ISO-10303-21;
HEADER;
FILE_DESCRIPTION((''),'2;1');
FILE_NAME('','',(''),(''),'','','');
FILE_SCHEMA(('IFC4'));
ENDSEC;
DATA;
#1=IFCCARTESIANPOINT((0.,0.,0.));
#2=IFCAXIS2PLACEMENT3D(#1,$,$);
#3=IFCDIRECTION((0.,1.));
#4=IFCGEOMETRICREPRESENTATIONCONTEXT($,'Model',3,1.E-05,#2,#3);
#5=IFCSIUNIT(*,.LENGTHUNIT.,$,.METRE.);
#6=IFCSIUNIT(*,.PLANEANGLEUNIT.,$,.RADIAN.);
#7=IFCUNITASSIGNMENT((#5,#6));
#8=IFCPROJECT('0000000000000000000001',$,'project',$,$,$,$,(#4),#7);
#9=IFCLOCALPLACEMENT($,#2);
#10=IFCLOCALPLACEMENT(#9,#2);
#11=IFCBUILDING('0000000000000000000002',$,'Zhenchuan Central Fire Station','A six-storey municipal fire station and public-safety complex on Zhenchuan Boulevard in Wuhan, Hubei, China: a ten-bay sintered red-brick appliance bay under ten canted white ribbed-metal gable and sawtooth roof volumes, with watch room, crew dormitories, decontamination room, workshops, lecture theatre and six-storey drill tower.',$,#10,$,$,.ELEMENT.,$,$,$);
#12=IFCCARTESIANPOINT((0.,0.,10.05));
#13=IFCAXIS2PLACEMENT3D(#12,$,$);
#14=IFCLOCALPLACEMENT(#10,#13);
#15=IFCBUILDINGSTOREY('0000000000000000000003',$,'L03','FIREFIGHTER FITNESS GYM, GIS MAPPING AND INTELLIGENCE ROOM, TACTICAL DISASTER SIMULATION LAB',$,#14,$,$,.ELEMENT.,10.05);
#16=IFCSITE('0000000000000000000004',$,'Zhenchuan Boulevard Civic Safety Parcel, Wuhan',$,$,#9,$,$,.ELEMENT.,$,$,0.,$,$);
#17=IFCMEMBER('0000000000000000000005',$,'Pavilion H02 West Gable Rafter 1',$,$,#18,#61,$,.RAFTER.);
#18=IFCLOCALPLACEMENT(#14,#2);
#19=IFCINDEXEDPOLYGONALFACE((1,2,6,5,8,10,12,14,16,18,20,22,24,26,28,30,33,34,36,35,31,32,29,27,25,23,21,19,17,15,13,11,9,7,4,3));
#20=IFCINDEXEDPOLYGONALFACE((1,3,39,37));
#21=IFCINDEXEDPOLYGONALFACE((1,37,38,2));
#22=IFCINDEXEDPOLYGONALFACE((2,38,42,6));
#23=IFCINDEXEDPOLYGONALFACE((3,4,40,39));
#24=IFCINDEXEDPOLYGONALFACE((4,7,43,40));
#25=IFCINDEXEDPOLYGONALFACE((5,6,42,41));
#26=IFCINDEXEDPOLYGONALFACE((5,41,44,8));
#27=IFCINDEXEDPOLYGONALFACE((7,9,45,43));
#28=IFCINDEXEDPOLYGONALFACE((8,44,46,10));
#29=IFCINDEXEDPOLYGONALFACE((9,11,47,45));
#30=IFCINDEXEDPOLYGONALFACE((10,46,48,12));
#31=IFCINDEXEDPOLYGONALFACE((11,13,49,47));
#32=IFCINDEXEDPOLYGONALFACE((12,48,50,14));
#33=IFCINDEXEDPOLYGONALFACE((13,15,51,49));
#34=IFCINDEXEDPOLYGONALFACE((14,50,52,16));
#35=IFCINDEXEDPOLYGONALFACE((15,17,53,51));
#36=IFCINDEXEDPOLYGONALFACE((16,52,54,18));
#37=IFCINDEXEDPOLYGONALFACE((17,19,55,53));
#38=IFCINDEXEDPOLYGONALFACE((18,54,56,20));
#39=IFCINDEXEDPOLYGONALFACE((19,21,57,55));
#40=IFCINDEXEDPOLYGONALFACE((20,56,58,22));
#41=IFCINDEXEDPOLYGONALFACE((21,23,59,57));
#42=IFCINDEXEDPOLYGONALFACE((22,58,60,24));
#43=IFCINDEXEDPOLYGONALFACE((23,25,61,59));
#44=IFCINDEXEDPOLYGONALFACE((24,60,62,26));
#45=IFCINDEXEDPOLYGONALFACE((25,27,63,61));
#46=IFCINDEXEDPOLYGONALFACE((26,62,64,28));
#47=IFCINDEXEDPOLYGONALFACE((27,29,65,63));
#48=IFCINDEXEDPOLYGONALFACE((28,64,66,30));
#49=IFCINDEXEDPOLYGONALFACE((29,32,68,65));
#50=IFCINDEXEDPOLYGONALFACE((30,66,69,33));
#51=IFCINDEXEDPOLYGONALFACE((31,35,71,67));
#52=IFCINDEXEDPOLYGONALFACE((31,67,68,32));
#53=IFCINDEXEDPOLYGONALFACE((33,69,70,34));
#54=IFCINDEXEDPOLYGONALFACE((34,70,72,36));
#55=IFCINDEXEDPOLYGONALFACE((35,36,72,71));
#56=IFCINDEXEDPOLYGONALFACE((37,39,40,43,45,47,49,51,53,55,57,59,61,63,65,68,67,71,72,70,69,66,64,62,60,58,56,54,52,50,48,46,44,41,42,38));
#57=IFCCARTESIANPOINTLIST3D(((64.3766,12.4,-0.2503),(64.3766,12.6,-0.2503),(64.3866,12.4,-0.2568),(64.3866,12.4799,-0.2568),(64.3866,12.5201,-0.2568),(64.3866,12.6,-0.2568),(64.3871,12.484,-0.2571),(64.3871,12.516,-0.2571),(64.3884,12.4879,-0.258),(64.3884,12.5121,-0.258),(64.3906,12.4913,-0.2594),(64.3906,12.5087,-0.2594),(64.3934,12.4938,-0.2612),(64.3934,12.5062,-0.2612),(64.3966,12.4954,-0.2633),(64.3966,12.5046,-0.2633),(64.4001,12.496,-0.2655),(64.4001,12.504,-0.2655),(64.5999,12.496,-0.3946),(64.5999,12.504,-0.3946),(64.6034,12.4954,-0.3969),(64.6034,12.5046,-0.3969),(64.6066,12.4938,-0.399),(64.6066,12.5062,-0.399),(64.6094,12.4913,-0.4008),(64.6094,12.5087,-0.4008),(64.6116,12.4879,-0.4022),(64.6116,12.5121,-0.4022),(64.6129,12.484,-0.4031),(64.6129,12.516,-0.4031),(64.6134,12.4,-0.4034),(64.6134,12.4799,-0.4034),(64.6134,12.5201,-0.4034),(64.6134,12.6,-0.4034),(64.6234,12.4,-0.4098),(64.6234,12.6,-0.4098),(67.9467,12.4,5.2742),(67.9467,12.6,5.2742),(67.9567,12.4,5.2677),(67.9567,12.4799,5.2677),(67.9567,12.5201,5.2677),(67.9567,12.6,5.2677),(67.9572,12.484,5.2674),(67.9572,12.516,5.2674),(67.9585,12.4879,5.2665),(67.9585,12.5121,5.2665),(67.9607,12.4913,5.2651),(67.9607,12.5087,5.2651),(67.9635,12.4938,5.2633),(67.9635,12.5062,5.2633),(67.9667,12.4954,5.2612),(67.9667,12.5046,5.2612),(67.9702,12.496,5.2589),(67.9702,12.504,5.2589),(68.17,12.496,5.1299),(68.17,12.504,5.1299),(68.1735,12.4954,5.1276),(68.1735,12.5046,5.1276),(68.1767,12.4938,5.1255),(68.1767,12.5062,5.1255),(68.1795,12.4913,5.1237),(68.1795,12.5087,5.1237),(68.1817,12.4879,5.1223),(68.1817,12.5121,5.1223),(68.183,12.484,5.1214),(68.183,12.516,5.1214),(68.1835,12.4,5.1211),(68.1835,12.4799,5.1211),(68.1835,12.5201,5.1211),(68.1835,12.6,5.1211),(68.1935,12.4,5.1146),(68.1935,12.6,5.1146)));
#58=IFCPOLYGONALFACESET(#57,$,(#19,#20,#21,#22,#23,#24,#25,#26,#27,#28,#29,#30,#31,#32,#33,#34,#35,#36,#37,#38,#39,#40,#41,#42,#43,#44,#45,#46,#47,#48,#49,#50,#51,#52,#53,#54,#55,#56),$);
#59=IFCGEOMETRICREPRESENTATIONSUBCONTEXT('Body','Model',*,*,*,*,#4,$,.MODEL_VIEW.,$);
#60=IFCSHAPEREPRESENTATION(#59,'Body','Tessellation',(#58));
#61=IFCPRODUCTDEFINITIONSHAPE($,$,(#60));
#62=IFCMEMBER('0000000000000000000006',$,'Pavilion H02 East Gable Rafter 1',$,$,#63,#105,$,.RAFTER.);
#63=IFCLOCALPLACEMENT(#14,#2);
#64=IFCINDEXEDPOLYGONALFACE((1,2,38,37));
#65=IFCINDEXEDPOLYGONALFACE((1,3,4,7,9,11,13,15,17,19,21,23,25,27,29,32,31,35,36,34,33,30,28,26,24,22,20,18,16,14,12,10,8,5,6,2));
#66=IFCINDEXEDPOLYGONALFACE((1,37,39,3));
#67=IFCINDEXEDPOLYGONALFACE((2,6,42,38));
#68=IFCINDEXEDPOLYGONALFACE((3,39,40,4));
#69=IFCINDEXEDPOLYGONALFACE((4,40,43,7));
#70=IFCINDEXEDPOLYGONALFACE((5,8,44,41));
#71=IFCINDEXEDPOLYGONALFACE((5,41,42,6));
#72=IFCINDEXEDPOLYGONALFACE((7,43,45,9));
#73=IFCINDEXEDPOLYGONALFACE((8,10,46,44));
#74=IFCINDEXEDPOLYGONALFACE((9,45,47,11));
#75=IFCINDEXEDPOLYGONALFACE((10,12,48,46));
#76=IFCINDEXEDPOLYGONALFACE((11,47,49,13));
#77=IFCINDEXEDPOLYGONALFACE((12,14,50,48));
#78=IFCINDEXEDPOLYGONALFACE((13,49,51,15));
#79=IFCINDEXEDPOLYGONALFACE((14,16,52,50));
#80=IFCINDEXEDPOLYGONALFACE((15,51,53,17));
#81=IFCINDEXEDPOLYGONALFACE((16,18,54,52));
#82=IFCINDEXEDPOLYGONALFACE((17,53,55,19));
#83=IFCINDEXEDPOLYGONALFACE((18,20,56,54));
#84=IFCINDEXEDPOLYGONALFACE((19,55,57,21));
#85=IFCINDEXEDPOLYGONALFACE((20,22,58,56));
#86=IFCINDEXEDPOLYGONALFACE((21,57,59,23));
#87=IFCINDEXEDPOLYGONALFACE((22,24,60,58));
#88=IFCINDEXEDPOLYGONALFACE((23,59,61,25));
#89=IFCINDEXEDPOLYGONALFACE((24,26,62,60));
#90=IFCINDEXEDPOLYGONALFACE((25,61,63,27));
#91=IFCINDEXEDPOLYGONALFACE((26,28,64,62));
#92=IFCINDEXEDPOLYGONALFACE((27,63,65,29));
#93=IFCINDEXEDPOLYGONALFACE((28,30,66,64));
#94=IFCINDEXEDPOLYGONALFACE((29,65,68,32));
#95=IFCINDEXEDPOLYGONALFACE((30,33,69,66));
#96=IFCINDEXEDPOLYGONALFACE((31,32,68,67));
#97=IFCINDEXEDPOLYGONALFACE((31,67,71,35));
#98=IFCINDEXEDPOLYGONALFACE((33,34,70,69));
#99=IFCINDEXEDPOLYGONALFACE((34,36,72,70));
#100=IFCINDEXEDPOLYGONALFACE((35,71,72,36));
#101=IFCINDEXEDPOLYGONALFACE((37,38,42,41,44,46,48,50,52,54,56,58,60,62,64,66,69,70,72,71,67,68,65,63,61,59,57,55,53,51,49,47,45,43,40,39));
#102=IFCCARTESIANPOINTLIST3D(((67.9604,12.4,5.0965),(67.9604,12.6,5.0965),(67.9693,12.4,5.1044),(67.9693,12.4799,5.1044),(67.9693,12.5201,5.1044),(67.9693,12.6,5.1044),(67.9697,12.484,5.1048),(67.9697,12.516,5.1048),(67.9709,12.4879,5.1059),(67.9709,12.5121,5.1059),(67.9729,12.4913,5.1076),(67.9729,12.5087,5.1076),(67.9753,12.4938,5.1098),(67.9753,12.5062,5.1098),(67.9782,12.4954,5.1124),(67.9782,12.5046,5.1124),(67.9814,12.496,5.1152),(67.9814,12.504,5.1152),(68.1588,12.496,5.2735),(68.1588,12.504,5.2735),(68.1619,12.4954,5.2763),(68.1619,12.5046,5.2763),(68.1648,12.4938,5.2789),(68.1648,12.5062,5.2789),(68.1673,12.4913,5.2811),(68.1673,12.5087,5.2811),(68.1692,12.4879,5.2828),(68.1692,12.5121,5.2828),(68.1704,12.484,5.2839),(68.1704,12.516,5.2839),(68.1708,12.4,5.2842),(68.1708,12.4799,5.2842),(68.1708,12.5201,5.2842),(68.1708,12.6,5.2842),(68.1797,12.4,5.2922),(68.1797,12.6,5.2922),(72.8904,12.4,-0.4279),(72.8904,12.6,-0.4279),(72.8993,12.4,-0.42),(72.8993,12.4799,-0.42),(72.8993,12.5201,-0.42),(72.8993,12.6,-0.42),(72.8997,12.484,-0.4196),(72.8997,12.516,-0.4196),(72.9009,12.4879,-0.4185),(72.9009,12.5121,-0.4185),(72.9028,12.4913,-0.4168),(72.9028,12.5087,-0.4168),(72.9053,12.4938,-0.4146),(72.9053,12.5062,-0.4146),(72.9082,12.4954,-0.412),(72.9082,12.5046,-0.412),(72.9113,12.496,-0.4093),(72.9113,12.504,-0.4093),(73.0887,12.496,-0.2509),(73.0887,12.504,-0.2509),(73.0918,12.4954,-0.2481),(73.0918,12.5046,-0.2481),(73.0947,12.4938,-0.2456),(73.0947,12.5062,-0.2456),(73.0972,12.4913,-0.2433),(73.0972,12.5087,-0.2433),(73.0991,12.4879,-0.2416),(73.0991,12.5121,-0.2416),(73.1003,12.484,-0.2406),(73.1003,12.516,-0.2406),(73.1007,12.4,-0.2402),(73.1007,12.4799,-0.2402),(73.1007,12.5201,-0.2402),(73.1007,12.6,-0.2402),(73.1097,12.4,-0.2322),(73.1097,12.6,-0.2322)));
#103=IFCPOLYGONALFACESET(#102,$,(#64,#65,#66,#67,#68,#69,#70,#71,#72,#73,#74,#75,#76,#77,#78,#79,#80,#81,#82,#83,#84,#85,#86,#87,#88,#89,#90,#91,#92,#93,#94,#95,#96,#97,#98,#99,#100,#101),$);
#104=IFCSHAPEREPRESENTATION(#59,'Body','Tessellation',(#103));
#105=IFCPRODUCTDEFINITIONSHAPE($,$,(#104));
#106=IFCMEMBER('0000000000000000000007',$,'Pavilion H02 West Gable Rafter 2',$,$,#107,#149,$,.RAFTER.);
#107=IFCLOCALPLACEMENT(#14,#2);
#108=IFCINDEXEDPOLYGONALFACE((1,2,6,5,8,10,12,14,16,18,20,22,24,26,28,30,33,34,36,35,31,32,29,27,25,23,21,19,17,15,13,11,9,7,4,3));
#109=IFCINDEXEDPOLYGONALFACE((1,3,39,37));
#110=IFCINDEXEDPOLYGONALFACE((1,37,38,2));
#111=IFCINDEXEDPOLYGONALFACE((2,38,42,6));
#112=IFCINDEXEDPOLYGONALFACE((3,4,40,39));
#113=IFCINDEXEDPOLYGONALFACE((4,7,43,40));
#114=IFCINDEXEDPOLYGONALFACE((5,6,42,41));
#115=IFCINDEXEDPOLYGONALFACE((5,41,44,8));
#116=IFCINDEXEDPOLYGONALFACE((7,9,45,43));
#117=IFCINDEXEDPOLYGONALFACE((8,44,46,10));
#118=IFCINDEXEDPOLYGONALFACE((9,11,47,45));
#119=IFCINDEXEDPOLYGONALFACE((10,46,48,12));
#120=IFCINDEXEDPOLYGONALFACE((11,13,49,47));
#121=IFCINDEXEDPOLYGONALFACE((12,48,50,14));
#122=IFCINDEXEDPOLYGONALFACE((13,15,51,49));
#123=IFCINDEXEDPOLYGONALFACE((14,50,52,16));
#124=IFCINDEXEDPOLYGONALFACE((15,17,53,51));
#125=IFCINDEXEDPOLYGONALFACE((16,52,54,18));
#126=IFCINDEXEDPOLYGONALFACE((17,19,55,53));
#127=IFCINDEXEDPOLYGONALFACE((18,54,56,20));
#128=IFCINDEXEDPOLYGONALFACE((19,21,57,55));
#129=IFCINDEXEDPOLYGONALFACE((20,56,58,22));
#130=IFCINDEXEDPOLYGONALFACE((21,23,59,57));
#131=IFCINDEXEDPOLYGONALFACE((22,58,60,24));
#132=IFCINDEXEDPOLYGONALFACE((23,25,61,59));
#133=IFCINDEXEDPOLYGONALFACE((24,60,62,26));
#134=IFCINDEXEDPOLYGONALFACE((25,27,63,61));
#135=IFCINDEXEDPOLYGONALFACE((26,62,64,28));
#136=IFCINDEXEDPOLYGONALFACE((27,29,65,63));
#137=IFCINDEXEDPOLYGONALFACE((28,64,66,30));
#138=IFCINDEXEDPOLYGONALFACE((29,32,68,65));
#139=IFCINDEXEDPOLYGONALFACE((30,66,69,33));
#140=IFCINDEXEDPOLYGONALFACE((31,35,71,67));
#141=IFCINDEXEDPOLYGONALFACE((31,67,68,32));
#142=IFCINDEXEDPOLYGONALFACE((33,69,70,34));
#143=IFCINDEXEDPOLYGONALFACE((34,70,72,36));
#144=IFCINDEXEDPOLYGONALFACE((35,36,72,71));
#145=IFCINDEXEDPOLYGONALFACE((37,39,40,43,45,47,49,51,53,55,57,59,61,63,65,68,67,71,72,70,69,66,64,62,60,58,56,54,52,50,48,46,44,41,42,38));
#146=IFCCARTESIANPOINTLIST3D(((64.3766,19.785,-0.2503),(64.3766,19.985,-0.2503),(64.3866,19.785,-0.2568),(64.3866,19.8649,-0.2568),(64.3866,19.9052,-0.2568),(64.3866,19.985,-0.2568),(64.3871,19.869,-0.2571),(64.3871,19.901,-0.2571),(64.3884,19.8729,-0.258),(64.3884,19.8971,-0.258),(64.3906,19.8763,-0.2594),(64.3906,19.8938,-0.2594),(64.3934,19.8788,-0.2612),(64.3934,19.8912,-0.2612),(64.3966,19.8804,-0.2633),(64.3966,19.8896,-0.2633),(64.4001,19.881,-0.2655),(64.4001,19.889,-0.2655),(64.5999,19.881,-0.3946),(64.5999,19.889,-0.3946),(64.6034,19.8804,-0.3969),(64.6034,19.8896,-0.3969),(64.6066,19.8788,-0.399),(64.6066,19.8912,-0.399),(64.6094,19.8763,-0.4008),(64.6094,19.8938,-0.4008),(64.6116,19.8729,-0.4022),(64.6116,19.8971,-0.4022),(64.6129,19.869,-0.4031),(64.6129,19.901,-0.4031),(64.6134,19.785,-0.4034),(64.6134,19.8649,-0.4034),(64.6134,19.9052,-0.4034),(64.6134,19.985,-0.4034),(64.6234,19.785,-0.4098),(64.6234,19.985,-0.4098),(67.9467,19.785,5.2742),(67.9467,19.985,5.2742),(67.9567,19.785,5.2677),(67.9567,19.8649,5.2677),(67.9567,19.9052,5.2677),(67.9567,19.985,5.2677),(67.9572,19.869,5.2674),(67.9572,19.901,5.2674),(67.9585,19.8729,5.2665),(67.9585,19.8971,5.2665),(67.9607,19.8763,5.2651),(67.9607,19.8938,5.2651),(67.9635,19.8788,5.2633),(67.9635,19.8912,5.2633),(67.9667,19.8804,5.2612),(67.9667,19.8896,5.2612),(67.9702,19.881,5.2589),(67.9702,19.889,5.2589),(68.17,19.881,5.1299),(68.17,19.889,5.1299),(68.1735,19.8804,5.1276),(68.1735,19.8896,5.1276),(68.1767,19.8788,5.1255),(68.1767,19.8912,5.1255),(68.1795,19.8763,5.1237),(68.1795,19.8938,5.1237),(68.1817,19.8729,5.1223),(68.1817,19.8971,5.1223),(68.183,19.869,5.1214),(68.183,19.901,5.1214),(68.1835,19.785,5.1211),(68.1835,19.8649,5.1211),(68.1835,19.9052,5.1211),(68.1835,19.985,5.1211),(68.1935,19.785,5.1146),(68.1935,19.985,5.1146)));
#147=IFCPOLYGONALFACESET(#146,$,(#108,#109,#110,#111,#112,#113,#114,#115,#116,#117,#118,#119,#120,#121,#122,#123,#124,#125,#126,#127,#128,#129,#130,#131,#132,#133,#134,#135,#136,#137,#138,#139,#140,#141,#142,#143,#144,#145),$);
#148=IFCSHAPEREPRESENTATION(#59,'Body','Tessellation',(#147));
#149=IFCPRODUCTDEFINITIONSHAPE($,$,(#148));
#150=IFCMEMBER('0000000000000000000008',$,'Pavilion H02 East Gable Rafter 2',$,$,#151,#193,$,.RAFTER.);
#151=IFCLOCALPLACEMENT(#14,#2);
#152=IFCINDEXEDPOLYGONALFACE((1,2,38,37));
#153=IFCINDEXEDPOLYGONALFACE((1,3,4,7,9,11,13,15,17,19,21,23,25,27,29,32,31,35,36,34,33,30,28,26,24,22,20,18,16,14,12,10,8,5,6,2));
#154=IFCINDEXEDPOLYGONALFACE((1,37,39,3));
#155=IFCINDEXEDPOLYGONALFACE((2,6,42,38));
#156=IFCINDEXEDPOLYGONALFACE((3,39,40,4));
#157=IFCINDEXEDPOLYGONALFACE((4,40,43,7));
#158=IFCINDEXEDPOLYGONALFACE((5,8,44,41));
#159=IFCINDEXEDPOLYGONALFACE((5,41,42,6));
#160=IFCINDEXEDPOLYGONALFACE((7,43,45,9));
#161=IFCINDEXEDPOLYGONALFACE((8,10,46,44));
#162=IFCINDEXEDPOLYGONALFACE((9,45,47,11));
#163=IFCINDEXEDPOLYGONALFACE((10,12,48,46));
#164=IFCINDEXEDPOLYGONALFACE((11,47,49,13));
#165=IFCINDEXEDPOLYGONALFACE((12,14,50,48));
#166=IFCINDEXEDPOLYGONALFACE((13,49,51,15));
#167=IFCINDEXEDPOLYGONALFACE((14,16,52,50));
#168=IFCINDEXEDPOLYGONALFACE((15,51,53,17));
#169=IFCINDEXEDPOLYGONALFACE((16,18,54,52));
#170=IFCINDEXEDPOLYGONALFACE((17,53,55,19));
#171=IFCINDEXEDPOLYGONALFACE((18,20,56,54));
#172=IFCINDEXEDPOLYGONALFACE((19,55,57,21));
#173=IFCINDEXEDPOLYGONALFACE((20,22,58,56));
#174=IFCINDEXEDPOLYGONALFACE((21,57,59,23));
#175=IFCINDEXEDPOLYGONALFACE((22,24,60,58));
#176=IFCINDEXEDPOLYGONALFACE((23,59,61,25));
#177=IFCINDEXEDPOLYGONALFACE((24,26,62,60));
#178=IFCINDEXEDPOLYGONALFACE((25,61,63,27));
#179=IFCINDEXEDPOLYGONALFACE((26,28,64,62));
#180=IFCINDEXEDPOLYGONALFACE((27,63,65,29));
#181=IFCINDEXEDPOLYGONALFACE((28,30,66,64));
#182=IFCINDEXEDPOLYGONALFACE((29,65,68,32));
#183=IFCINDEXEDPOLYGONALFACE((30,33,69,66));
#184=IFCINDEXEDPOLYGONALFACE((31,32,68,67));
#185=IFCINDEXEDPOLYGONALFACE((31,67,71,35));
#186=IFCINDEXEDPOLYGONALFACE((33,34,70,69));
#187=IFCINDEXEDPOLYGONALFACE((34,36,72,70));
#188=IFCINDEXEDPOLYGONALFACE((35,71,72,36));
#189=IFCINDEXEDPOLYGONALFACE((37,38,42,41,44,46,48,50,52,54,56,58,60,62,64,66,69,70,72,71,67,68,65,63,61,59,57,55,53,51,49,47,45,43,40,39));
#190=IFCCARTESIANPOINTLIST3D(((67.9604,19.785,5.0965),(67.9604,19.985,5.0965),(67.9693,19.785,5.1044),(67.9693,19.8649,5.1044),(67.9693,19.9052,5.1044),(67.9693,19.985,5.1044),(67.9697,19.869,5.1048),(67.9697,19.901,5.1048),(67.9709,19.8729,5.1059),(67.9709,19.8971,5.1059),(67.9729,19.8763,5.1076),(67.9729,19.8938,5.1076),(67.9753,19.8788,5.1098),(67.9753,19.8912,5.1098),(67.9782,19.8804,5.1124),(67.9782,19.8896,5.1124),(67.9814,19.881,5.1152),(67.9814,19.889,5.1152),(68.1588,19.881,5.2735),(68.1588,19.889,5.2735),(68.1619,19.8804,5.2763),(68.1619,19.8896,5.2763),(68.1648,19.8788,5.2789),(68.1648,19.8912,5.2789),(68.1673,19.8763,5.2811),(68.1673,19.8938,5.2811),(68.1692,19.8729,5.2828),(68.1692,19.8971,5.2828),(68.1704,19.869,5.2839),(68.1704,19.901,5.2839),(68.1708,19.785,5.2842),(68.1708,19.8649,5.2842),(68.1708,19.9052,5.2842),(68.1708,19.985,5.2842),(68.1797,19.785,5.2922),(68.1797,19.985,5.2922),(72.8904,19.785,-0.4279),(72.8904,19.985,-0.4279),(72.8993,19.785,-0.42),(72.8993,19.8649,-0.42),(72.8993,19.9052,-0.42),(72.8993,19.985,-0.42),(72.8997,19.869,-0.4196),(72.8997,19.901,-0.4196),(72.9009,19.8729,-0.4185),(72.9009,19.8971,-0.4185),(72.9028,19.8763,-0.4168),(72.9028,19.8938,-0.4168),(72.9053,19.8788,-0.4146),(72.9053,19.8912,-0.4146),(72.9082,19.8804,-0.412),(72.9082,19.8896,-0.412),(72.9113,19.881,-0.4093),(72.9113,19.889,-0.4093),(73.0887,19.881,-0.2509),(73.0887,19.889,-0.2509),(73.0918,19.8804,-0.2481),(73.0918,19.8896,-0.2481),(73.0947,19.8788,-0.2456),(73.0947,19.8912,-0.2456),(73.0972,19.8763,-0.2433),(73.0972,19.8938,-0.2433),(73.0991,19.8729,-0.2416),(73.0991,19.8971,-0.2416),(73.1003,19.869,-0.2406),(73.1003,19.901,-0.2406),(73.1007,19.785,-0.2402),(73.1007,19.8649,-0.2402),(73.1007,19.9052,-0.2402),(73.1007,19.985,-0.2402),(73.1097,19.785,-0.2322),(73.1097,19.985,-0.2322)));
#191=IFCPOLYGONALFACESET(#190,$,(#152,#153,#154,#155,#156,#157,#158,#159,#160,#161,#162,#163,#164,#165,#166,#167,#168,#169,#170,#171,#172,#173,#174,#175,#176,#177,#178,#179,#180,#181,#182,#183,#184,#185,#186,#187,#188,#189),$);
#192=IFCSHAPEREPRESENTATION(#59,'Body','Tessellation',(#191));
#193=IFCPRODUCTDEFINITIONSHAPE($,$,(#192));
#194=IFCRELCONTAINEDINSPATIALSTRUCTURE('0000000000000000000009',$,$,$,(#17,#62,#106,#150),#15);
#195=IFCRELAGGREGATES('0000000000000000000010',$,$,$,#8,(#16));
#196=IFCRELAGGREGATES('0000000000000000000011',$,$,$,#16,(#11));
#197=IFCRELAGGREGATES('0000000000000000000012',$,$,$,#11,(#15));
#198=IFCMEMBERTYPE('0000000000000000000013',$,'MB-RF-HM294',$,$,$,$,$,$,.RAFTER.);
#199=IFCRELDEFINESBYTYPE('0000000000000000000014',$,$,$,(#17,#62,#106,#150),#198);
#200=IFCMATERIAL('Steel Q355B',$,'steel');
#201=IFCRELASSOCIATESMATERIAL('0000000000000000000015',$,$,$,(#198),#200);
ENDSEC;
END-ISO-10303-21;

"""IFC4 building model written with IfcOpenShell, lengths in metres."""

from ifc_helpers import new_model, si_unit, direction, frame, origin, origin_2d, place, context, subcontext, project, spatial, i_section, extrude, material, material_profile, profile_set, type_object, element, save


model = new_model("IFC4")

# Units and contexts
model_context = context("Model", 3, precision=1e-05, world=origin(), true_north=direction((0.0, 1.0)))
body_context = subcontext(model_context, "Body", "Model", "MODEL_VIEW")
ifc_project = project(units=[si_unit("LENGTHUNIT", "METRE"), si_unit("PLANEANGLEUNIT", "RADIAN")], contexts=[model_context])

# Site, building, storey
site_placement = place(None, origin())
site = spatial("IfcSite", under=ifc_project, at=site_placement, Name="Zhenchuan Boulevard Civic Safety Parcel, Wuhan", CompositionType="ELEMENT", RefElevation=0.0)
building_placement = place(site_placement, origin())
building = spatial("IfcBuilding", under=site, at=building_placement, Name="Zhenchuan Central Fire Station", Description="A six-storey municipal fire station and public-safety complex on Zhenchuan Boulevard in Wuhan, Hubei, China: a ten-bay sintered red-brick appliance bay under ten canted white ribbed-metal gable and sawtooth roof volumes, with watch room, crew dormitories, decontamination room, workshops, lecture theatre and six-storey drill tower.", CompositionType="ELEMENT")
storey_placement = place(building_placement, frame((0.0, 0.0, 10.05)))
storey = spatial("IfcBuildingStorey", under=building, at=storey_placement, Name="L03", Description="FIREFIGHTER FITNESS GYM, GIS MAPPING AND INTELLIGENCE ROOM, TACTICAL DISASTER SIMULATION LAB", CompositionType="ELEMENT", Elevation=10.05)

# Members
ifc_material_1 = material(Name="Steel Q355B", Category="steel")
ifc_material_profile_1 = material_profile(ifc_material_1, i_section(OverallWidth=0.2, OverallDepth=0.2939, WebThickness=0.0081, FlangeThickness=0.012, FilletRadius=0.0161, at=origin_2d()), Name="HM 294x200")
ifc_profile_set_1 = profile_set([ifc_material_profile_1], Name="Steel Q355B")
member_type_1 = type_object("IfcMemberType", Name="MB-RF-HM294", PredefinedType="RAFTER", material=ifc_profile_set_1)
member_1_placement = place(storey_placement, frame((64.5, 12.5, -0.3301), z_axis=(0.542763, 0.0, 0.839886), x_axis=(0.0, 1.0, 0.0)))
element("IfcMember", 1, at=member_1_placement, inside=storey, type_object=member_type_1, Name="Pavilion H02 West Gable Rafter 1", PredefinedType="RAFTER", context=body_context, shape_type="SweptSolid", body=[
    extrude(i_section(OverallWidth=0.2, OverallDepth=0.2939, WebThickness=0.0081, FlangeThickness=0.012, FilletRadius=0.0161, at=origin_2d()), origin(), (0.0, 0.0, 1.0), 6.5776),
])
member_2_placement = place(storey_placement, frame((68.0701, 12.5, 5.1943), z_axis=(0.665822, 0.0, -0.746111), x_axis=(0.0, 1.0, 0.0)))
element("IfcMember", 2, at=member_2_placement, inside=storey, type_object=member_type_1, Name="Pavilion H02 East Gable Rafter 1", PredefinedType="RAFTER", context=body_context, shape_type="SweptSolid", body=[
    extrude(i_section(OverallWidth=0.2, OverallDepth=0.2939, WebThickness=0.0081, FlangeThickness=0.012, FilletRadius=0.0161, at=origin_2d()), origin(), (0.0, 0.0, 1.0), 7.4043),
])
member_3_placement = place(storey_placement, frame((64.5, 19.885, -0.3301), z_axis=(0.542763, 0.0, 0.839886), x_axis=(0.0, 1.0, 0.0)))
element("IfcMember", 3, at=member_3_placement, inside=storey, type_object=member_type_1, Name="Pavilion H02 West Gable Rafter 2", PredefinedType="RAFTER", context=body_context, shape_type="SweptSolid", body=[
    extrude(i_section(OverallWidth=0.2, OverallDepth=0.2939, WebThickness=0.0081, FlangeThickness=0.012, FilletRadius=0.0161, at=origin_2d()), origin(), (0.0, 0.0, 1.0), 6.5776),
])
member_4_placement = place(storey_placement, frame((68.0701, 19.885, 5.1943), z_axis=(0.665822, 0.0, -0.746111), x_axis=(0.0, 1.0, 0.0)))
element("IfcMember", 4, at=member_4_placement, inside=storey, type_object=member_type_1, Name="Pavilion H02 East Gable Rafter 2", PredefinedType="RAFTER", context=body_context, shape_type="SweptSolid", body=[
    extrude(i_section(OverallWidth=0.2, OverallDepth=0.2939, WebThickness=0.0081, FlangeThickness=0.012, FilletRadius=0.0161, at=origin_2d()), origin(), (0.0, 0.0, 1.0), 7.4043),
])

save(model, "model.ifc")
